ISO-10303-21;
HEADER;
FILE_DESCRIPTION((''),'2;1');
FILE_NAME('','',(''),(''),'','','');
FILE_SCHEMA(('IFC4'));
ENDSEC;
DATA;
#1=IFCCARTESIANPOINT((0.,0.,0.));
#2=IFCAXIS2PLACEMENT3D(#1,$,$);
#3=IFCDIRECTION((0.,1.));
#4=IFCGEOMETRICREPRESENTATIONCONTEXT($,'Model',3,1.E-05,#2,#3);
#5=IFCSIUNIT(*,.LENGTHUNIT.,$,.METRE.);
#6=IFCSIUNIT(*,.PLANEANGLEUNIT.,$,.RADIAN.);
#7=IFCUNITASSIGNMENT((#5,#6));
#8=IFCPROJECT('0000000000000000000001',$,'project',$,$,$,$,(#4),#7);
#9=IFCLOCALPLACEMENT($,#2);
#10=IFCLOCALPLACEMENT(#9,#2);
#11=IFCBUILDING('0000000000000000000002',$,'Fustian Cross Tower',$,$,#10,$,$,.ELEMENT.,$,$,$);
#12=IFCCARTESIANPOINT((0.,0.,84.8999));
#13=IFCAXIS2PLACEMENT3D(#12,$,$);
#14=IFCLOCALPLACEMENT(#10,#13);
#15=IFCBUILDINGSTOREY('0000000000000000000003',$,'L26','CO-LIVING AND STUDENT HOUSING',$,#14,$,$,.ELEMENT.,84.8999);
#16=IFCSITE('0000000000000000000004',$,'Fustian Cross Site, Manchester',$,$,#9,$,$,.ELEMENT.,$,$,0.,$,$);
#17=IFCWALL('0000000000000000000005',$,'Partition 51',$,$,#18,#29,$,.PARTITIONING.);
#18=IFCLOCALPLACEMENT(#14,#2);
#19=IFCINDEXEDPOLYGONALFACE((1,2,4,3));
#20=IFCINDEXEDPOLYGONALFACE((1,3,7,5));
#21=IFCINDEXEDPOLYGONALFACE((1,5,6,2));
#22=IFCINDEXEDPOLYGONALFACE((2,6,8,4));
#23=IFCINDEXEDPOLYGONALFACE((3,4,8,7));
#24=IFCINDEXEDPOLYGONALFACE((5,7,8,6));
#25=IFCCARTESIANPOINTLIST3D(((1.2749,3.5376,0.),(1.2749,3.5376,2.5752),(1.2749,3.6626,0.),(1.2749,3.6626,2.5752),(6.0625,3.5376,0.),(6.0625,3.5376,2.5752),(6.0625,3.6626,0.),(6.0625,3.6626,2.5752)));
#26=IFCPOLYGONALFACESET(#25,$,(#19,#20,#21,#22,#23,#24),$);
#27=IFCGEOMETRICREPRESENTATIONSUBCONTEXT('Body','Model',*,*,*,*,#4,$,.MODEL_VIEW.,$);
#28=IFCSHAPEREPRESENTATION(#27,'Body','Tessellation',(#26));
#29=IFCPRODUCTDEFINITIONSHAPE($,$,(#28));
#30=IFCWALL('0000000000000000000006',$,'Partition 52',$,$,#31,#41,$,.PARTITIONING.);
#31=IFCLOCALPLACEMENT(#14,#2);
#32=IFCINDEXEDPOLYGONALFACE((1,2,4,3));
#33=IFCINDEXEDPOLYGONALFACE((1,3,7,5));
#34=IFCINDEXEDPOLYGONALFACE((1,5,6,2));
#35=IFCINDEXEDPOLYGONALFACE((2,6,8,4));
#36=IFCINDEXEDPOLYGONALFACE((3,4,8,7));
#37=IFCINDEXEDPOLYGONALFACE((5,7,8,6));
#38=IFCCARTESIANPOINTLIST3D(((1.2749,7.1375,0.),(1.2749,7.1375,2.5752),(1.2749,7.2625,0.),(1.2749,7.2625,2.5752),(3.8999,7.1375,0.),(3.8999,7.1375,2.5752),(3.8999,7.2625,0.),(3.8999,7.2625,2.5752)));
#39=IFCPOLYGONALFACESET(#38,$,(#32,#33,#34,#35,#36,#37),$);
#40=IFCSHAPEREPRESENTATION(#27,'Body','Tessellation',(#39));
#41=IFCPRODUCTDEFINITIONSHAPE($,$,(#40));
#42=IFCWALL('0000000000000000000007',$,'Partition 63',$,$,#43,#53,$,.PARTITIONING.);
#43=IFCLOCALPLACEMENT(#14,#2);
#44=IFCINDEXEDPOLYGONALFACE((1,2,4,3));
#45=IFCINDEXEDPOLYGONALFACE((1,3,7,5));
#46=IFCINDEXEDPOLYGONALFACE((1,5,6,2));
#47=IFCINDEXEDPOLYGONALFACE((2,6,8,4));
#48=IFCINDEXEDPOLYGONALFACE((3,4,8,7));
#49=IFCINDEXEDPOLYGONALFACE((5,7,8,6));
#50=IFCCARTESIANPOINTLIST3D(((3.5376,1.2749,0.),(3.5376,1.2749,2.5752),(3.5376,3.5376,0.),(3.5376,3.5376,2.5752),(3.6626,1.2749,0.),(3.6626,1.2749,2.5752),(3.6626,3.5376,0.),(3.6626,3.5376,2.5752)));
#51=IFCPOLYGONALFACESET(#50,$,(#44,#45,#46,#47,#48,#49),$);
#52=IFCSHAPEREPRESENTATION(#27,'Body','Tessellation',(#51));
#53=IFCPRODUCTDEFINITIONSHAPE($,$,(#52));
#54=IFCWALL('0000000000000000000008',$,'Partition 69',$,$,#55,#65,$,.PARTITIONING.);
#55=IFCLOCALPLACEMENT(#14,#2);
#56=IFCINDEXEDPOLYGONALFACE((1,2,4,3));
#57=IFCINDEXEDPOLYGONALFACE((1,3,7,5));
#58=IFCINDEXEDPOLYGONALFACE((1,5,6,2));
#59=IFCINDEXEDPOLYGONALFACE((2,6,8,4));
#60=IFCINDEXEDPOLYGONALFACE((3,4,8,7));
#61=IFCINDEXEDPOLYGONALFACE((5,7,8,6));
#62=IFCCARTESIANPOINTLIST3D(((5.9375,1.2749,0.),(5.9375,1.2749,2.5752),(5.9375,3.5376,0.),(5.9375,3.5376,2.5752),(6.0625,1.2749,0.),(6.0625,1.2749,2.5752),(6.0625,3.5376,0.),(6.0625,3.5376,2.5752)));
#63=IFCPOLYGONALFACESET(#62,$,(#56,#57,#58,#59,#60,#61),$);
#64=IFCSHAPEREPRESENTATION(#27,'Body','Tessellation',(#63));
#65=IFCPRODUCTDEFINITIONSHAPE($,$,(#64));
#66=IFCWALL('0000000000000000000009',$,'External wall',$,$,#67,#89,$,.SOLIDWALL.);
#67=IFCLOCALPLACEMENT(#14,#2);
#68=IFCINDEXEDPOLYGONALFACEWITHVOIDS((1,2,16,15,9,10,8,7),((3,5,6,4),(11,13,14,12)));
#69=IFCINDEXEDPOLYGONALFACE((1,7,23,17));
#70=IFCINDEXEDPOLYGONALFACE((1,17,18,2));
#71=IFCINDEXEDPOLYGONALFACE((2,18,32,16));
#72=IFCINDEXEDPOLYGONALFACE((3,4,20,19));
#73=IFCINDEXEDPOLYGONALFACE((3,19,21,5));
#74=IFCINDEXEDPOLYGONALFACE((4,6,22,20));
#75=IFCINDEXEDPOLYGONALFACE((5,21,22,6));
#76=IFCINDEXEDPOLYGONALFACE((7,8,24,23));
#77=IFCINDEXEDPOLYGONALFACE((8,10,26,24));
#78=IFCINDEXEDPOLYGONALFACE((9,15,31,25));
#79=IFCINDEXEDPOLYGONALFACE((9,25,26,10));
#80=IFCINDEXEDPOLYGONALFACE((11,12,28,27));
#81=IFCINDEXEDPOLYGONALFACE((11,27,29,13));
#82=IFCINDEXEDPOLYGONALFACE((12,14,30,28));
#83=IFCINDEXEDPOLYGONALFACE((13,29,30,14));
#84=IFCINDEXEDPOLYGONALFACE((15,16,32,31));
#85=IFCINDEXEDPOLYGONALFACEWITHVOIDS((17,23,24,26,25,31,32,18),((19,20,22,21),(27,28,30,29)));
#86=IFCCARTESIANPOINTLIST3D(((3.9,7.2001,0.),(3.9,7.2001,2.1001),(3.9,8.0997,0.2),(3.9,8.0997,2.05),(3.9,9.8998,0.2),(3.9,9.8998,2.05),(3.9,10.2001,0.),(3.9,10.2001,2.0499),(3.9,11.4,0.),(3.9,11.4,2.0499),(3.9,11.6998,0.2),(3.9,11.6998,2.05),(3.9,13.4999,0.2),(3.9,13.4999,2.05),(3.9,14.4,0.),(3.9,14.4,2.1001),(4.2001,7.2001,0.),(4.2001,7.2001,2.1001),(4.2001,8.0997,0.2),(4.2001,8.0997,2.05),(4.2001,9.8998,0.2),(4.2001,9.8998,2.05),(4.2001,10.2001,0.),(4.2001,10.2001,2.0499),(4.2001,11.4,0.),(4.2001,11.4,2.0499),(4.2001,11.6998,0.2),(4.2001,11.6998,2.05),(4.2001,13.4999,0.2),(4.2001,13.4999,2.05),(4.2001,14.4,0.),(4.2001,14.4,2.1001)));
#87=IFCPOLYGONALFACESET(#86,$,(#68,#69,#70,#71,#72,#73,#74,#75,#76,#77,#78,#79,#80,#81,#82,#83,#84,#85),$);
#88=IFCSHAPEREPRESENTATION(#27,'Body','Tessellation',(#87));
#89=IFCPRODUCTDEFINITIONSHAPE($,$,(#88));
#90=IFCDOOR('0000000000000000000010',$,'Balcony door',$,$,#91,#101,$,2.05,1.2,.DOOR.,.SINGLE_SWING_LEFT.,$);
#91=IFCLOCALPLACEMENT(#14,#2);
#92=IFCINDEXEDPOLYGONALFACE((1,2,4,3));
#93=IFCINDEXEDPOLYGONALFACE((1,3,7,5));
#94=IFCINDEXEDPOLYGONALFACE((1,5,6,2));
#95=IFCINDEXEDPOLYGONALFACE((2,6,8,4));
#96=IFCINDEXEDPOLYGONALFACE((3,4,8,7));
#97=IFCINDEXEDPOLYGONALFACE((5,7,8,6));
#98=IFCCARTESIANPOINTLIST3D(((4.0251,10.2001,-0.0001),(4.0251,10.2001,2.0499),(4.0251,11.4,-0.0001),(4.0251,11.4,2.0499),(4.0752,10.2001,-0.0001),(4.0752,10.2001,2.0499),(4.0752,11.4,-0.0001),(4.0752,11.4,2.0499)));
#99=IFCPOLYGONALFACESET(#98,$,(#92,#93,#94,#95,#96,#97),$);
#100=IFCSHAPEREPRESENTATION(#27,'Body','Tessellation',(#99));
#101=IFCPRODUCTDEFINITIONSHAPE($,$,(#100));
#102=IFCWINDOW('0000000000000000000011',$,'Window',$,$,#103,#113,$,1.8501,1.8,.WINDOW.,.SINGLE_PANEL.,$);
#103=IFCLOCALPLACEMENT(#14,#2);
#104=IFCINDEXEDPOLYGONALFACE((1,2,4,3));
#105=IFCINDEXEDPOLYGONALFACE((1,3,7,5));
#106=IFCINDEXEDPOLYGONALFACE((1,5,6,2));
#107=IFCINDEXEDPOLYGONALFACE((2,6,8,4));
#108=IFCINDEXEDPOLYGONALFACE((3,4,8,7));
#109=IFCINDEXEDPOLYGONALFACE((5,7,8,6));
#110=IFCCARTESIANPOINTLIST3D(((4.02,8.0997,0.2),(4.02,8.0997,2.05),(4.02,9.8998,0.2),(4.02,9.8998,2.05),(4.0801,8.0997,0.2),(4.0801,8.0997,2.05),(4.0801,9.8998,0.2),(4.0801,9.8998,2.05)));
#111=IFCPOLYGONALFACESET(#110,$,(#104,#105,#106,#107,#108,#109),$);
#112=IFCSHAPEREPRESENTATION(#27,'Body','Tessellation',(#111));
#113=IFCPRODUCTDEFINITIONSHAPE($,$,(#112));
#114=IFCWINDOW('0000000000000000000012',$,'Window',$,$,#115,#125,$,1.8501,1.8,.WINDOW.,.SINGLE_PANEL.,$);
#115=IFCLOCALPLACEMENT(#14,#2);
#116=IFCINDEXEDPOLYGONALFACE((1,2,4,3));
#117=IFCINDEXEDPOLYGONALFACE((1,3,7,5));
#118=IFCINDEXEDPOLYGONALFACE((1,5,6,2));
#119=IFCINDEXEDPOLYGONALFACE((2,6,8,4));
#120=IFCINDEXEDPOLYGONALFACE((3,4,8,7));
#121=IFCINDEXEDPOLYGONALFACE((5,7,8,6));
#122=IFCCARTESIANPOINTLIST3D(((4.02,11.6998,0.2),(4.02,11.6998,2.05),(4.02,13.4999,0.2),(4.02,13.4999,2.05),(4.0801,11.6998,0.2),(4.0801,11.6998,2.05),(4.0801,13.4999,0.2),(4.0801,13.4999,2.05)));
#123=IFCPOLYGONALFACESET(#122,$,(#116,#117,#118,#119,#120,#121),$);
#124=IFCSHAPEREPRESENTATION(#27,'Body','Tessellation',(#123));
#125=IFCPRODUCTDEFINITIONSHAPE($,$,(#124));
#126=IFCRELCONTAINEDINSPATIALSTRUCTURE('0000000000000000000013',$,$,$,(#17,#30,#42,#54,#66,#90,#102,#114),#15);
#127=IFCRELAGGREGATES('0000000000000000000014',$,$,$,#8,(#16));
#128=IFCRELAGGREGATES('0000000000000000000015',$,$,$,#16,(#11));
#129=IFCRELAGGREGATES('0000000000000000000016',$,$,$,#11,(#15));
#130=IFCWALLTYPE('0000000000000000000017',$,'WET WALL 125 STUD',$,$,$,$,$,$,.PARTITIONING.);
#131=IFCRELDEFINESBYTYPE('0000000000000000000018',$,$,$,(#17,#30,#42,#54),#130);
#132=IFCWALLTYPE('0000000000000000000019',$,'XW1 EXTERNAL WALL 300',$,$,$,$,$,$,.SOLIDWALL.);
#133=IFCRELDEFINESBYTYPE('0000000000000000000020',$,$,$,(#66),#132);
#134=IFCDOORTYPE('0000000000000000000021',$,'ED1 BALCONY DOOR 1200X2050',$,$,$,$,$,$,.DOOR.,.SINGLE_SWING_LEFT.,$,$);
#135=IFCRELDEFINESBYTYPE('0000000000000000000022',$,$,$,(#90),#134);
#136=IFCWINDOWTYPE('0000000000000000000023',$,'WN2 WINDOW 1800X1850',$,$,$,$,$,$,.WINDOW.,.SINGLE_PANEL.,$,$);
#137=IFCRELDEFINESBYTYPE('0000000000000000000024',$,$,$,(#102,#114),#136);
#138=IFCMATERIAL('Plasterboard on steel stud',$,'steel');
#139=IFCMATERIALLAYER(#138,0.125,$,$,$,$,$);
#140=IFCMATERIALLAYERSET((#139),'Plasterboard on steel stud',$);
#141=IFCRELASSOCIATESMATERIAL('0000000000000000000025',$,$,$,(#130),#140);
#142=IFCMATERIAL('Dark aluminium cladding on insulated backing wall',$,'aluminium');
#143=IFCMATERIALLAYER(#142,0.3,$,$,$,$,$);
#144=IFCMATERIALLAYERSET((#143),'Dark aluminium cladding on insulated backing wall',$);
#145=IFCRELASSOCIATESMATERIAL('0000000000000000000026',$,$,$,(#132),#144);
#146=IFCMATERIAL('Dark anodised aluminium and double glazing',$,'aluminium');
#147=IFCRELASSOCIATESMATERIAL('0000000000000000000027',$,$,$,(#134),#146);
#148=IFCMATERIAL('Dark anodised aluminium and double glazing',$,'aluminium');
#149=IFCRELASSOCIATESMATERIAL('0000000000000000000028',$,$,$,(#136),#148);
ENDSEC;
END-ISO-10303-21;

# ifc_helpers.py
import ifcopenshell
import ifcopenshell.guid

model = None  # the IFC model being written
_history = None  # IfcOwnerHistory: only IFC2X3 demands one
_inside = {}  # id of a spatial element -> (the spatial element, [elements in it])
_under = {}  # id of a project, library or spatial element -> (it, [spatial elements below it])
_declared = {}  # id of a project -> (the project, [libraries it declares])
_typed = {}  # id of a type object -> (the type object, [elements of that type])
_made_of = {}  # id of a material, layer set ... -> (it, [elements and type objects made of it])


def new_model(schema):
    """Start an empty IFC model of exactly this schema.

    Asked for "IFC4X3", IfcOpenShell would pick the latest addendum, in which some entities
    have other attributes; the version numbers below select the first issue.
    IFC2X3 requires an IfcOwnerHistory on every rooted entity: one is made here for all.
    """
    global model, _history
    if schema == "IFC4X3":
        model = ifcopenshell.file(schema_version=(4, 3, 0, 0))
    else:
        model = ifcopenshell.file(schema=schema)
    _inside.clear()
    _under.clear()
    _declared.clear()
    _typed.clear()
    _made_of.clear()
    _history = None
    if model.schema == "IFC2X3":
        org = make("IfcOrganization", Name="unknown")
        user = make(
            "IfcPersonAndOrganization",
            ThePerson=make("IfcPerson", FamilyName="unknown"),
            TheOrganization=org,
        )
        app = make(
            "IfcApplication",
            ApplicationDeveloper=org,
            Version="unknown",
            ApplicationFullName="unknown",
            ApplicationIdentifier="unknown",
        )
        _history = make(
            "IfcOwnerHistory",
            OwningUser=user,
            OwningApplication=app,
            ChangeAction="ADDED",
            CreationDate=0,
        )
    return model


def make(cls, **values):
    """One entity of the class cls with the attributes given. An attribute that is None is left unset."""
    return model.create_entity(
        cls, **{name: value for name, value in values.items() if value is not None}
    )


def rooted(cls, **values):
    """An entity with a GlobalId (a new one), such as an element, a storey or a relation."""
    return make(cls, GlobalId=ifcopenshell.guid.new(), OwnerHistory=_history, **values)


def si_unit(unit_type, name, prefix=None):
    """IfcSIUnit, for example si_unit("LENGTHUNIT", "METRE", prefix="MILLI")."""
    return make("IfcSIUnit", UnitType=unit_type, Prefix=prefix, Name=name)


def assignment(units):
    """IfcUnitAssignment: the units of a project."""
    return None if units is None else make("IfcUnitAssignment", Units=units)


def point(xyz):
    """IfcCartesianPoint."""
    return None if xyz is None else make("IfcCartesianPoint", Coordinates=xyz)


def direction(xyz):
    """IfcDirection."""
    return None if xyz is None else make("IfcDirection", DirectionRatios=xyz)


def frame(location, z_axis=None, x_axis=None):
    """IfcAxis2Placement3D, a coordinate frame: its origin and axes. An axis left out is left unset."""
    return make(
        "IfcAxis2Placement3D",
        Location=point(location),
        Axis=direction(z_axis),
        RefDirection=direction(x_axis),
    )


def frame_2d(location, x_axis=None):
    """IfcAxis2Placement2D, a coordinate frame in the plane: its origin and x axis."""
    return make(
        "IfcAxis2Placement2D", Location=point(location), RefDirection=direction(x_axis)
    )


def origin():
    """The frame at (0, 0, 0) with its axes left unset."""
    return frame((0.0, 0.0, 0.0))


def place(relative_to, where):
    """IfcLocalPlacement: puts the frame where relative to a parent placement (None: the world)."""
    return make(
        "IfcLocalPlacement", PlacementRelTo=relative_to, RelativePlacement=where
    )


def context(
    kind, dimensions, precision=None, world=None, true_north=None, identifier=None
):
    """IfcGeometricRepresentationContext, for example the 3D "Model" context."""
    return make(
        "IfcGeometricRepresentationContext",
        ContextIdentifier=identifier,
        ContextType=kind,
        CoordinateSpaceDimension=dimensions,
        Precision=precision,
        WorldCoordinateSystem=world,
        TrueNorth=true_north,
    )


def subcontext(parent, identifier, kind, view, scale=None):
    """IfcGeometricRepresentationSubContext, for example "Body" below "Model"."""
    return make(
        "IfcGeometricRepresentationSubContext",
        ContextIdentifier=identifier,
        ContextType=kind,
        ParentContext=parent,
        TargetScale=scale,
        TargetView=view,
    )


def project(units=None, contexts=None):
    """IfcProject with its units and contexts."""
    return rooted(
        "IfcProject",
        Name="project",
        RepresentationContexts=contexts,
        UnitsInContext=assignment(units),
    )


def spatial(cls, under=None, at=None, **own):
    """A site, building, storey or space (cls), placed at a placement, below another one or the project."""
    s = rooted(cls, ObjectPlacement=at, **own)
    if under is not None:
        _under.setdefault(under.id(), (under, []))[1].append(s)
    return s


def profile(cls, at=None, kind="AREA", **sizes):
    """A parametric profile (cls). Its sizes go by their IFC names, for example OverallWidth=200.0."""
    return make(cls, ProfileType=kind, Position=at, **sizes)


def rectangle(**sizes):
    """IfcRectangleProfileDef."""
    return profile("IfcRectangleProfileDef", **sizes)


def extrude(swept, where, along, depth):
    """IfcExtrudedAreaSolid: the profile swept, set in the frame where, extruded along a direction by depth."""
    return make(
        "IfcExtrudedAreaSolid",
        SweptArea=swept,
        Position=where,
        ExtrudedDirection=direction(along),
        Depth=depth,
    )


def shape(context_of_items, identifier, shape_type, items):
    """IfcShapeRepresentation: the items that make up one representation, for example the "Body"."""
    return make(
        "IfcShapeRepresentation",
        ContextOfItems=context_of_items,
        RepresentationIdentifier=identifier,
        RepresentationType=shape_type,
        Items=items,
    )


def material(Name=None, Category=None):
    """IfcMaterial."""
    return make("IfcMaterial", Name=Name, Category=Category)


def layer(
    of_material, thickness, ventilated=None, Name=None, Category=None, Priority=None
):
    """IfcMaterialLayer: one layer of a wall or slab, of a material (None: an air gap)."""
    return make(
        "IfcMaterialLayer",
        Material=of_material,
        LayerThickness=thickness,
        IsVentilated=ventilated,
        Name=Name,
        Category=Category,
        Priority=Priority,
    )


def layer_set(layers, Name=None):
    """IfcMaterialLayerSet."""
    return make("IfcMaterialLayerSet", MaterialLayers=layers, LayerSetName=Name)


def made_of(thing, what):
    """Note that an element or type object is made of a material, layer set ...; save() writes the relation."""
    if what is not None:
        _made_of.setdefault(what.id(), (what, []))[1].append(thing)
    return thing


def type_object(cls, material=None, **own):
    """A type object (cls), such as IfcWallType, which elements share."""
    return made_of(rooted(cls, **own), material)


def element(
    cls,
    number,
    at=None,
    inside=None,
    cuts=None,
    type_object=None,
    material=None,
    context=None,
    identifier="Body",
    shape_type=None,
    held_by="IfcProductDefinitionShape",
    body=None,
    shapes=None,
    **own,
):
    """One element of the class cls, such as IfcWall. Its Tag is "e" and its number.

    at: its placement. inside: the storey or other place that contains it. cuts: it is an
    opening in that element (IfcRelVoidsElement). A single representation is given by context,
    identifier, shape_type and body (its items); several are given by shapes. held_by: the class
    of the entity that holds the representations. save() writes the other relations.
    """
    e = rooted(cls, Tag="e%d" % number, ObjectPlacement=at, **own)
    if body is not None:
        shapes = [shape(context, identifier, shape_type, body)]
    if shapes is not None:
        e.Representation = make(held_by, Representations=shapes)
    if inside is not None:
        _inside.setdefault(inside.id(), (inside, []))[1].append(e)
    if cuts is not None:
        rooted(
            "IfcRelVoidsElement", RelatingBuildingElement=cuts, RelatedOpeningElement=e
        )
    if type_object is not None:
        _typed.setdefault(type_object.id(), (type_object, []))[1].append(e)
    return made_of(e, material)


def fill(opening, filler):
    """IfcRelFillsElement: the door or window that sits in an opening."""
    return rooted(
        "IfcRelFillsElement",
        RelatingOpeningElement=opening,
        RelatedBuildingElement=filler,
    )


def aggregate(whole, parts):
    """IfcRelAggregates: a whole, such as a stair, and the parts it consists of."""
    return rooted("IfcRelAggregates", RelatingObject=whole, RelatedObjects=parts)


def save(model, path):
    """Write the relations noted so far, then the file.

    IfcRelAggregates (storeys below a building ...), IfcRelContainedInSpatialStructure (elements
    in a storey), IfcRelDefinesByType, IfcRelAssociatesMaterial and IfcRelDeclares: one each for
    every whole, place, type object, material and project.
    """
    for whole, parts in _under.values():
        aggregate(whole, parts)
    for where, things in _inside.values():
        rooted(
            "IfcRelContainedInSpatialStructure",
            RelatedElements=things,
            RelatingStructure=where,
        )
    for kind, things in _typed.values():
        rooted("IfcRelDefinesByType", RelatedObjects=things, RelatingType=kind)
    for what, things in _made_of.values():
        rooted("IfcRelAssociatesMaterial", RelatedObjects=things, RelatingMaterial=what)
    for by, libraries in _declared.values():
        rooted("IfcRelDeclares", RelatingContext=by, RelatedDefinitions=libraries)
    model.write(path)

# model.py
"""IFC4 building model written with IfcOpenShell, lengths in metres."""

from ifc_helpers import new_model, si_unit, direction, frame, frame_2d, origin, place, context, subcontext, project, spatial, rectangle, extrude, material, layer, layer_set, type_object, element, fill, save


model = new_model("IFC4")

# Units and contexts
model_context = context("Model", 3, precision=1e-05, world=origin(), true_north=direction((0.0, 1.0)))
body_context = subcontext(model_context, "Body", "Model", "MODEL_VIEW")
ifc_project = project(units=[si_unit("LENGTHUNIT", "METRE"), si_unit("PLANEANGLEUNIT", "RADIAN")], contexts=[model_context])

# Site, building, storey
site_placement = place(None, origin())
site = spatial("IfcSite", under=ifc_project, at=site_placement, Name="Fustian Cross Site, Manchester", CompositionType="ELEMENT", RefElevation=0.0)
building_placement = place(site_placement, origin())
building = spatial("IfcBuilding", under=site, at=building_placement, Name="Fustian Cross Tower", CompositionType="ELEMENT")
storey_placement = place(building_placement, frame((0.0, 0.0, 84.8999)))
storey = spatial("IfcBuildingStorey", under=building, at=storey_placement, Name="L26", Description="CO-LIVING AND STUDENT HOUSING", CompositionType="ELEMENT", Elevation=84.8999)

# Walls
ifc_material_1 = material(Name="Plasterboard on steel stud", Category="steel")
ifc_layer_1 = layer(ifc_material_1, 0.125)
ifc_layer_set_1 = layer_set([ifc_layer_1], Name="Plasterboard on steel stud")
wall_type_1 = type_object("IfcWallType", Name="WET WALL 125 STUD", PredefinedType="PARTITIONING", material=ifc_layer_set_1)
wall_1_placement = place(storey_placement, frame((1.2749, 3.6001, 0.0), z_axis=(0.0, 0.0, 1.0), x_axis=(1.0, 0.0, 0.0)))
element("IfcWall", 1, at=wall_1_placement, inside=storey, type_object=wall_type_1, Name="Partition 51", PredefinedType="PARTITIONING", context=body_context, shape_type="SweptSolid", body=[
    extrude(rectangle(XDim=4.7876, YDim=0.125, at=frame_2d((2.3938, 0.0))), origin(), (0.0, 0.0, 1.0), 2.5752),
])
wall_2_placement = place(storey_placement, frame((1.2749, 7.2, 0.0), z_axis=(0.0, 0.0, 1.0), x_axis=(1.0, 0.0, 0.0)))
element("IfcWall", 2, at=wall_2_placement, inside=storey, type_object=wall_type_1, Name="Partition 52", PredefinedType="PARTITIONING", context=body_context, shape_type="SweptSolid", body=[
    extrude(rectangle(XDim=2.625, YDim=0.125, at=frame_2d((1.3125, 0.0))), origin(), (0.0, 0.0, 1.0), 2.5752),
])
for number, where, z_axis, x_axis, name in (
    (3, (3.6001, 1.2749, 0.0), (0.0, 0.0, 1.0), (0.0, 1.0, 0.0), "Partition 63"),
    (4, (6.0, 1.2749, 0.0), (0.0, 0.0, 1.0), (0.0, 1.0, 0.0), "Partition 69"),
):
    element("IfcWall", number, at=place(storey_placement, frame(where, z_axis=z_axis, x_axis=x_axis)), inside=storey, type_object=wall_type_1, Name=name, PredefinedType="PARTITIONING", context=body_context, shape_type="SweptSolid", body=[
        extrude(rectangle(XDim=2.2627, YDim=0.125, at=frame_2d((1.1313, 0.0))), origin(), (0.0, 0.0, 1.0), 2.5752),
    ])

# Wall, openings, door, windows
ifc_material_2 = material(Name="Dark aluminium cladding on insulated backing wall", Category="aluminium")
ifc_layer_2 = layer(ifc_material_2, 0.3)
ifc_layer_set_2 = layer_set([ifc_layer_2], Name="Dark aluminium cladding on insulated backing wall")
wall_type_2 = type_object("IfcWallType", Name="XW1 EXTERNAL WALL 300", PredefinedType="SOLIDWALL", material=ifc_layer_set_2)
wall_3_placement = place(storey_placement, frame((4.05, 7.2, 0.0), z_axis=(0.0, 0.0, 1.0), x_axis=(0.0, 1.0, 0.0)))
wall_3 = element("IfcWall", 5, at=wall_3_placement, inside=storey, type_object=wall_type_2, Name="External wall", PredefinedType="SOLIDWALL", context=body_context, shape_type="SweptSolid", body=[
    extrude(rectangle(XDim=7.2, YDim=0.3, at=frame_2d((3.6001, 0.0))), origin(), (0.0, 0.0, 1.0), 2.1001),
])
opening_1_placement = place(wall_3_placement, frame((3.0, 0.0, 0.0)))
opening_1 = element("IfcOpeningElement", 6, at=opening_1_placement, cuts=wall_3, PredefinedType="OPENING", context=body_context, shape_type="SweptSolid", body=[
    extrude(rectangle(XDim=1.2, YDim=2.05, at=frame_2d((0.6001, 1.0249))), frame((0.0, 0.1599, 0.0), z_axis=(0.0, -1.0, 0.0), x_axis=(1.0, 0.0, 0.0)), (0.0, 0.0, 1.0), 0.3201),
])
opening_2_placement = place(wall_3_placement, frame((0.8999, 0.0, 0.2)))
opening_2 = element("IfcOpeningElement", 7, at=opening_2_placement, cuts=wall_3, PredefinedType="OPENING", context=body_context, shape_type="SweptSolid", body=[
    extrude(rectangle(XDim=1.8, YDim=1.8501, at=frame_2d((0.8999, 0.925))), frame((0.0, 0.1599, 0.0), z_axis=(0.0, -1.0, 0.0), x_axis=(1.0, 0.0, 0.0)), (0.0, 0.0, 1.0), 0.3201),
])
opening_3_placement = place(wall_3_placement, frame((4.5, 0.0, 0.2)))
opening_3 = element("IfcOpeningElement", 8, at=opening_3_placement, cuts=wall_3, PredefinedType="OPENING", context=body_context, shape_type="SweptSolid", body=[
    extrude(rectangle(XDim=1.8, YDim=1.8501, at=frame_2d((0.8999, 0.925))), frame((0.0, 0.1599, 0.0), z_axis=(0.0, -1.0, 0.0), x_axis=(1.0, 0.0, 0.0)), (0.0, 0.0, 1.0), 0.3201),
])
ifc_material_3 = material(Name="Dark anodised aluminium and double glazing", Category="aluminium")
door_type_1 = type_object("IfcDoorType", Name="ED1 BALCONY DOOR 1200X2050", OperationType="SINGLE_SWING_LEFT", PredefinedType="DOOR", material=ifc_material_3)
door_1_placement = place(opening_1_placement, origin())
door_1 = element("IfcDoor", 9, at=door_1_placement, inside=storey, type_object=door_type_1, Name="Balcony door", OperationType="SINGLE_SWING_LEFT", OverallHeight=2.05, OverallWidth=1.2, PredefinedType="DOOR", context=body_context, shape_type="SweptSolid", body=[
    extrude(rectangle(XDim=1.2, YDim=2.05, at=frame_2d((0.6001, 1.0249))), frame((0.0, 0.0249, 0.0), z_axis=(0.0, -1.0, 0.0), x_axis=(1.0, 0.0, 0.0)), (0.0, 0.0, 1.0), 0.05),
])
fill(opening_1, door_1)
ifc_material_4 = material(Name="Dark anodised aluminium and double glazing", Category="aluminium")
window_type = type_object("IfcWindowType", Name="WN2 WINDOW 1800X1850", PartitioningType="SINGLE_PANEL", PredefinedType="WINDOW", material=ifc_material_4)
window_1_placement = place(opening_2_placement, origin())
window_1 = element("IfcWindow", 10, at=window_1_placement, inside=storey, type_object=window_type, Name="Window", OverallHeight=1.8501, OverallWidth=1.8, PartitioningType="SINGLE_PANEL", PredefinedType="WINDOW", context=body_context, shape_type="SweptSolid", body=[
    extrude(rectangle(XDim=1.8, YDim=1.8501, at=frame_2d((0.8999, 0.925))), frame((0.0, 0.03, 0.0), z_axis=(0.0, -1.0, 0.0), x_axis=(1.0, 0.0, 0.0)), (0.0, 0.0, 1.0), 0.0601),
])
fill(opening_2, window_1)
window_2_placement = place(opening_3_placement, origin())
window_2 = element("IfcWindow", 11, at=window_2_placement, inside=storey, type_object=window_type, Name="Window", OverallHeight=1.8501, OverallWidth=1.8, PartitioningType="SINGLE_PANEL", PredefinedType="WINDOW", context=body_context, shape_type="SweptSolid", body=[
    extrude(rectangle(XDim=1.8, YDim=1.8501, at=frame_2d((0.8999, 0.925))), frame((0.0, 0.03, 0.0), z_axis=(0.0, -1.0, 0.0), x_axis=(1.0, 0.0, 0.0)), (0.0, 0.0, 1.0), 0.0601),
])
fill(opening_3, window_2)

save(model, "model.ifc")
